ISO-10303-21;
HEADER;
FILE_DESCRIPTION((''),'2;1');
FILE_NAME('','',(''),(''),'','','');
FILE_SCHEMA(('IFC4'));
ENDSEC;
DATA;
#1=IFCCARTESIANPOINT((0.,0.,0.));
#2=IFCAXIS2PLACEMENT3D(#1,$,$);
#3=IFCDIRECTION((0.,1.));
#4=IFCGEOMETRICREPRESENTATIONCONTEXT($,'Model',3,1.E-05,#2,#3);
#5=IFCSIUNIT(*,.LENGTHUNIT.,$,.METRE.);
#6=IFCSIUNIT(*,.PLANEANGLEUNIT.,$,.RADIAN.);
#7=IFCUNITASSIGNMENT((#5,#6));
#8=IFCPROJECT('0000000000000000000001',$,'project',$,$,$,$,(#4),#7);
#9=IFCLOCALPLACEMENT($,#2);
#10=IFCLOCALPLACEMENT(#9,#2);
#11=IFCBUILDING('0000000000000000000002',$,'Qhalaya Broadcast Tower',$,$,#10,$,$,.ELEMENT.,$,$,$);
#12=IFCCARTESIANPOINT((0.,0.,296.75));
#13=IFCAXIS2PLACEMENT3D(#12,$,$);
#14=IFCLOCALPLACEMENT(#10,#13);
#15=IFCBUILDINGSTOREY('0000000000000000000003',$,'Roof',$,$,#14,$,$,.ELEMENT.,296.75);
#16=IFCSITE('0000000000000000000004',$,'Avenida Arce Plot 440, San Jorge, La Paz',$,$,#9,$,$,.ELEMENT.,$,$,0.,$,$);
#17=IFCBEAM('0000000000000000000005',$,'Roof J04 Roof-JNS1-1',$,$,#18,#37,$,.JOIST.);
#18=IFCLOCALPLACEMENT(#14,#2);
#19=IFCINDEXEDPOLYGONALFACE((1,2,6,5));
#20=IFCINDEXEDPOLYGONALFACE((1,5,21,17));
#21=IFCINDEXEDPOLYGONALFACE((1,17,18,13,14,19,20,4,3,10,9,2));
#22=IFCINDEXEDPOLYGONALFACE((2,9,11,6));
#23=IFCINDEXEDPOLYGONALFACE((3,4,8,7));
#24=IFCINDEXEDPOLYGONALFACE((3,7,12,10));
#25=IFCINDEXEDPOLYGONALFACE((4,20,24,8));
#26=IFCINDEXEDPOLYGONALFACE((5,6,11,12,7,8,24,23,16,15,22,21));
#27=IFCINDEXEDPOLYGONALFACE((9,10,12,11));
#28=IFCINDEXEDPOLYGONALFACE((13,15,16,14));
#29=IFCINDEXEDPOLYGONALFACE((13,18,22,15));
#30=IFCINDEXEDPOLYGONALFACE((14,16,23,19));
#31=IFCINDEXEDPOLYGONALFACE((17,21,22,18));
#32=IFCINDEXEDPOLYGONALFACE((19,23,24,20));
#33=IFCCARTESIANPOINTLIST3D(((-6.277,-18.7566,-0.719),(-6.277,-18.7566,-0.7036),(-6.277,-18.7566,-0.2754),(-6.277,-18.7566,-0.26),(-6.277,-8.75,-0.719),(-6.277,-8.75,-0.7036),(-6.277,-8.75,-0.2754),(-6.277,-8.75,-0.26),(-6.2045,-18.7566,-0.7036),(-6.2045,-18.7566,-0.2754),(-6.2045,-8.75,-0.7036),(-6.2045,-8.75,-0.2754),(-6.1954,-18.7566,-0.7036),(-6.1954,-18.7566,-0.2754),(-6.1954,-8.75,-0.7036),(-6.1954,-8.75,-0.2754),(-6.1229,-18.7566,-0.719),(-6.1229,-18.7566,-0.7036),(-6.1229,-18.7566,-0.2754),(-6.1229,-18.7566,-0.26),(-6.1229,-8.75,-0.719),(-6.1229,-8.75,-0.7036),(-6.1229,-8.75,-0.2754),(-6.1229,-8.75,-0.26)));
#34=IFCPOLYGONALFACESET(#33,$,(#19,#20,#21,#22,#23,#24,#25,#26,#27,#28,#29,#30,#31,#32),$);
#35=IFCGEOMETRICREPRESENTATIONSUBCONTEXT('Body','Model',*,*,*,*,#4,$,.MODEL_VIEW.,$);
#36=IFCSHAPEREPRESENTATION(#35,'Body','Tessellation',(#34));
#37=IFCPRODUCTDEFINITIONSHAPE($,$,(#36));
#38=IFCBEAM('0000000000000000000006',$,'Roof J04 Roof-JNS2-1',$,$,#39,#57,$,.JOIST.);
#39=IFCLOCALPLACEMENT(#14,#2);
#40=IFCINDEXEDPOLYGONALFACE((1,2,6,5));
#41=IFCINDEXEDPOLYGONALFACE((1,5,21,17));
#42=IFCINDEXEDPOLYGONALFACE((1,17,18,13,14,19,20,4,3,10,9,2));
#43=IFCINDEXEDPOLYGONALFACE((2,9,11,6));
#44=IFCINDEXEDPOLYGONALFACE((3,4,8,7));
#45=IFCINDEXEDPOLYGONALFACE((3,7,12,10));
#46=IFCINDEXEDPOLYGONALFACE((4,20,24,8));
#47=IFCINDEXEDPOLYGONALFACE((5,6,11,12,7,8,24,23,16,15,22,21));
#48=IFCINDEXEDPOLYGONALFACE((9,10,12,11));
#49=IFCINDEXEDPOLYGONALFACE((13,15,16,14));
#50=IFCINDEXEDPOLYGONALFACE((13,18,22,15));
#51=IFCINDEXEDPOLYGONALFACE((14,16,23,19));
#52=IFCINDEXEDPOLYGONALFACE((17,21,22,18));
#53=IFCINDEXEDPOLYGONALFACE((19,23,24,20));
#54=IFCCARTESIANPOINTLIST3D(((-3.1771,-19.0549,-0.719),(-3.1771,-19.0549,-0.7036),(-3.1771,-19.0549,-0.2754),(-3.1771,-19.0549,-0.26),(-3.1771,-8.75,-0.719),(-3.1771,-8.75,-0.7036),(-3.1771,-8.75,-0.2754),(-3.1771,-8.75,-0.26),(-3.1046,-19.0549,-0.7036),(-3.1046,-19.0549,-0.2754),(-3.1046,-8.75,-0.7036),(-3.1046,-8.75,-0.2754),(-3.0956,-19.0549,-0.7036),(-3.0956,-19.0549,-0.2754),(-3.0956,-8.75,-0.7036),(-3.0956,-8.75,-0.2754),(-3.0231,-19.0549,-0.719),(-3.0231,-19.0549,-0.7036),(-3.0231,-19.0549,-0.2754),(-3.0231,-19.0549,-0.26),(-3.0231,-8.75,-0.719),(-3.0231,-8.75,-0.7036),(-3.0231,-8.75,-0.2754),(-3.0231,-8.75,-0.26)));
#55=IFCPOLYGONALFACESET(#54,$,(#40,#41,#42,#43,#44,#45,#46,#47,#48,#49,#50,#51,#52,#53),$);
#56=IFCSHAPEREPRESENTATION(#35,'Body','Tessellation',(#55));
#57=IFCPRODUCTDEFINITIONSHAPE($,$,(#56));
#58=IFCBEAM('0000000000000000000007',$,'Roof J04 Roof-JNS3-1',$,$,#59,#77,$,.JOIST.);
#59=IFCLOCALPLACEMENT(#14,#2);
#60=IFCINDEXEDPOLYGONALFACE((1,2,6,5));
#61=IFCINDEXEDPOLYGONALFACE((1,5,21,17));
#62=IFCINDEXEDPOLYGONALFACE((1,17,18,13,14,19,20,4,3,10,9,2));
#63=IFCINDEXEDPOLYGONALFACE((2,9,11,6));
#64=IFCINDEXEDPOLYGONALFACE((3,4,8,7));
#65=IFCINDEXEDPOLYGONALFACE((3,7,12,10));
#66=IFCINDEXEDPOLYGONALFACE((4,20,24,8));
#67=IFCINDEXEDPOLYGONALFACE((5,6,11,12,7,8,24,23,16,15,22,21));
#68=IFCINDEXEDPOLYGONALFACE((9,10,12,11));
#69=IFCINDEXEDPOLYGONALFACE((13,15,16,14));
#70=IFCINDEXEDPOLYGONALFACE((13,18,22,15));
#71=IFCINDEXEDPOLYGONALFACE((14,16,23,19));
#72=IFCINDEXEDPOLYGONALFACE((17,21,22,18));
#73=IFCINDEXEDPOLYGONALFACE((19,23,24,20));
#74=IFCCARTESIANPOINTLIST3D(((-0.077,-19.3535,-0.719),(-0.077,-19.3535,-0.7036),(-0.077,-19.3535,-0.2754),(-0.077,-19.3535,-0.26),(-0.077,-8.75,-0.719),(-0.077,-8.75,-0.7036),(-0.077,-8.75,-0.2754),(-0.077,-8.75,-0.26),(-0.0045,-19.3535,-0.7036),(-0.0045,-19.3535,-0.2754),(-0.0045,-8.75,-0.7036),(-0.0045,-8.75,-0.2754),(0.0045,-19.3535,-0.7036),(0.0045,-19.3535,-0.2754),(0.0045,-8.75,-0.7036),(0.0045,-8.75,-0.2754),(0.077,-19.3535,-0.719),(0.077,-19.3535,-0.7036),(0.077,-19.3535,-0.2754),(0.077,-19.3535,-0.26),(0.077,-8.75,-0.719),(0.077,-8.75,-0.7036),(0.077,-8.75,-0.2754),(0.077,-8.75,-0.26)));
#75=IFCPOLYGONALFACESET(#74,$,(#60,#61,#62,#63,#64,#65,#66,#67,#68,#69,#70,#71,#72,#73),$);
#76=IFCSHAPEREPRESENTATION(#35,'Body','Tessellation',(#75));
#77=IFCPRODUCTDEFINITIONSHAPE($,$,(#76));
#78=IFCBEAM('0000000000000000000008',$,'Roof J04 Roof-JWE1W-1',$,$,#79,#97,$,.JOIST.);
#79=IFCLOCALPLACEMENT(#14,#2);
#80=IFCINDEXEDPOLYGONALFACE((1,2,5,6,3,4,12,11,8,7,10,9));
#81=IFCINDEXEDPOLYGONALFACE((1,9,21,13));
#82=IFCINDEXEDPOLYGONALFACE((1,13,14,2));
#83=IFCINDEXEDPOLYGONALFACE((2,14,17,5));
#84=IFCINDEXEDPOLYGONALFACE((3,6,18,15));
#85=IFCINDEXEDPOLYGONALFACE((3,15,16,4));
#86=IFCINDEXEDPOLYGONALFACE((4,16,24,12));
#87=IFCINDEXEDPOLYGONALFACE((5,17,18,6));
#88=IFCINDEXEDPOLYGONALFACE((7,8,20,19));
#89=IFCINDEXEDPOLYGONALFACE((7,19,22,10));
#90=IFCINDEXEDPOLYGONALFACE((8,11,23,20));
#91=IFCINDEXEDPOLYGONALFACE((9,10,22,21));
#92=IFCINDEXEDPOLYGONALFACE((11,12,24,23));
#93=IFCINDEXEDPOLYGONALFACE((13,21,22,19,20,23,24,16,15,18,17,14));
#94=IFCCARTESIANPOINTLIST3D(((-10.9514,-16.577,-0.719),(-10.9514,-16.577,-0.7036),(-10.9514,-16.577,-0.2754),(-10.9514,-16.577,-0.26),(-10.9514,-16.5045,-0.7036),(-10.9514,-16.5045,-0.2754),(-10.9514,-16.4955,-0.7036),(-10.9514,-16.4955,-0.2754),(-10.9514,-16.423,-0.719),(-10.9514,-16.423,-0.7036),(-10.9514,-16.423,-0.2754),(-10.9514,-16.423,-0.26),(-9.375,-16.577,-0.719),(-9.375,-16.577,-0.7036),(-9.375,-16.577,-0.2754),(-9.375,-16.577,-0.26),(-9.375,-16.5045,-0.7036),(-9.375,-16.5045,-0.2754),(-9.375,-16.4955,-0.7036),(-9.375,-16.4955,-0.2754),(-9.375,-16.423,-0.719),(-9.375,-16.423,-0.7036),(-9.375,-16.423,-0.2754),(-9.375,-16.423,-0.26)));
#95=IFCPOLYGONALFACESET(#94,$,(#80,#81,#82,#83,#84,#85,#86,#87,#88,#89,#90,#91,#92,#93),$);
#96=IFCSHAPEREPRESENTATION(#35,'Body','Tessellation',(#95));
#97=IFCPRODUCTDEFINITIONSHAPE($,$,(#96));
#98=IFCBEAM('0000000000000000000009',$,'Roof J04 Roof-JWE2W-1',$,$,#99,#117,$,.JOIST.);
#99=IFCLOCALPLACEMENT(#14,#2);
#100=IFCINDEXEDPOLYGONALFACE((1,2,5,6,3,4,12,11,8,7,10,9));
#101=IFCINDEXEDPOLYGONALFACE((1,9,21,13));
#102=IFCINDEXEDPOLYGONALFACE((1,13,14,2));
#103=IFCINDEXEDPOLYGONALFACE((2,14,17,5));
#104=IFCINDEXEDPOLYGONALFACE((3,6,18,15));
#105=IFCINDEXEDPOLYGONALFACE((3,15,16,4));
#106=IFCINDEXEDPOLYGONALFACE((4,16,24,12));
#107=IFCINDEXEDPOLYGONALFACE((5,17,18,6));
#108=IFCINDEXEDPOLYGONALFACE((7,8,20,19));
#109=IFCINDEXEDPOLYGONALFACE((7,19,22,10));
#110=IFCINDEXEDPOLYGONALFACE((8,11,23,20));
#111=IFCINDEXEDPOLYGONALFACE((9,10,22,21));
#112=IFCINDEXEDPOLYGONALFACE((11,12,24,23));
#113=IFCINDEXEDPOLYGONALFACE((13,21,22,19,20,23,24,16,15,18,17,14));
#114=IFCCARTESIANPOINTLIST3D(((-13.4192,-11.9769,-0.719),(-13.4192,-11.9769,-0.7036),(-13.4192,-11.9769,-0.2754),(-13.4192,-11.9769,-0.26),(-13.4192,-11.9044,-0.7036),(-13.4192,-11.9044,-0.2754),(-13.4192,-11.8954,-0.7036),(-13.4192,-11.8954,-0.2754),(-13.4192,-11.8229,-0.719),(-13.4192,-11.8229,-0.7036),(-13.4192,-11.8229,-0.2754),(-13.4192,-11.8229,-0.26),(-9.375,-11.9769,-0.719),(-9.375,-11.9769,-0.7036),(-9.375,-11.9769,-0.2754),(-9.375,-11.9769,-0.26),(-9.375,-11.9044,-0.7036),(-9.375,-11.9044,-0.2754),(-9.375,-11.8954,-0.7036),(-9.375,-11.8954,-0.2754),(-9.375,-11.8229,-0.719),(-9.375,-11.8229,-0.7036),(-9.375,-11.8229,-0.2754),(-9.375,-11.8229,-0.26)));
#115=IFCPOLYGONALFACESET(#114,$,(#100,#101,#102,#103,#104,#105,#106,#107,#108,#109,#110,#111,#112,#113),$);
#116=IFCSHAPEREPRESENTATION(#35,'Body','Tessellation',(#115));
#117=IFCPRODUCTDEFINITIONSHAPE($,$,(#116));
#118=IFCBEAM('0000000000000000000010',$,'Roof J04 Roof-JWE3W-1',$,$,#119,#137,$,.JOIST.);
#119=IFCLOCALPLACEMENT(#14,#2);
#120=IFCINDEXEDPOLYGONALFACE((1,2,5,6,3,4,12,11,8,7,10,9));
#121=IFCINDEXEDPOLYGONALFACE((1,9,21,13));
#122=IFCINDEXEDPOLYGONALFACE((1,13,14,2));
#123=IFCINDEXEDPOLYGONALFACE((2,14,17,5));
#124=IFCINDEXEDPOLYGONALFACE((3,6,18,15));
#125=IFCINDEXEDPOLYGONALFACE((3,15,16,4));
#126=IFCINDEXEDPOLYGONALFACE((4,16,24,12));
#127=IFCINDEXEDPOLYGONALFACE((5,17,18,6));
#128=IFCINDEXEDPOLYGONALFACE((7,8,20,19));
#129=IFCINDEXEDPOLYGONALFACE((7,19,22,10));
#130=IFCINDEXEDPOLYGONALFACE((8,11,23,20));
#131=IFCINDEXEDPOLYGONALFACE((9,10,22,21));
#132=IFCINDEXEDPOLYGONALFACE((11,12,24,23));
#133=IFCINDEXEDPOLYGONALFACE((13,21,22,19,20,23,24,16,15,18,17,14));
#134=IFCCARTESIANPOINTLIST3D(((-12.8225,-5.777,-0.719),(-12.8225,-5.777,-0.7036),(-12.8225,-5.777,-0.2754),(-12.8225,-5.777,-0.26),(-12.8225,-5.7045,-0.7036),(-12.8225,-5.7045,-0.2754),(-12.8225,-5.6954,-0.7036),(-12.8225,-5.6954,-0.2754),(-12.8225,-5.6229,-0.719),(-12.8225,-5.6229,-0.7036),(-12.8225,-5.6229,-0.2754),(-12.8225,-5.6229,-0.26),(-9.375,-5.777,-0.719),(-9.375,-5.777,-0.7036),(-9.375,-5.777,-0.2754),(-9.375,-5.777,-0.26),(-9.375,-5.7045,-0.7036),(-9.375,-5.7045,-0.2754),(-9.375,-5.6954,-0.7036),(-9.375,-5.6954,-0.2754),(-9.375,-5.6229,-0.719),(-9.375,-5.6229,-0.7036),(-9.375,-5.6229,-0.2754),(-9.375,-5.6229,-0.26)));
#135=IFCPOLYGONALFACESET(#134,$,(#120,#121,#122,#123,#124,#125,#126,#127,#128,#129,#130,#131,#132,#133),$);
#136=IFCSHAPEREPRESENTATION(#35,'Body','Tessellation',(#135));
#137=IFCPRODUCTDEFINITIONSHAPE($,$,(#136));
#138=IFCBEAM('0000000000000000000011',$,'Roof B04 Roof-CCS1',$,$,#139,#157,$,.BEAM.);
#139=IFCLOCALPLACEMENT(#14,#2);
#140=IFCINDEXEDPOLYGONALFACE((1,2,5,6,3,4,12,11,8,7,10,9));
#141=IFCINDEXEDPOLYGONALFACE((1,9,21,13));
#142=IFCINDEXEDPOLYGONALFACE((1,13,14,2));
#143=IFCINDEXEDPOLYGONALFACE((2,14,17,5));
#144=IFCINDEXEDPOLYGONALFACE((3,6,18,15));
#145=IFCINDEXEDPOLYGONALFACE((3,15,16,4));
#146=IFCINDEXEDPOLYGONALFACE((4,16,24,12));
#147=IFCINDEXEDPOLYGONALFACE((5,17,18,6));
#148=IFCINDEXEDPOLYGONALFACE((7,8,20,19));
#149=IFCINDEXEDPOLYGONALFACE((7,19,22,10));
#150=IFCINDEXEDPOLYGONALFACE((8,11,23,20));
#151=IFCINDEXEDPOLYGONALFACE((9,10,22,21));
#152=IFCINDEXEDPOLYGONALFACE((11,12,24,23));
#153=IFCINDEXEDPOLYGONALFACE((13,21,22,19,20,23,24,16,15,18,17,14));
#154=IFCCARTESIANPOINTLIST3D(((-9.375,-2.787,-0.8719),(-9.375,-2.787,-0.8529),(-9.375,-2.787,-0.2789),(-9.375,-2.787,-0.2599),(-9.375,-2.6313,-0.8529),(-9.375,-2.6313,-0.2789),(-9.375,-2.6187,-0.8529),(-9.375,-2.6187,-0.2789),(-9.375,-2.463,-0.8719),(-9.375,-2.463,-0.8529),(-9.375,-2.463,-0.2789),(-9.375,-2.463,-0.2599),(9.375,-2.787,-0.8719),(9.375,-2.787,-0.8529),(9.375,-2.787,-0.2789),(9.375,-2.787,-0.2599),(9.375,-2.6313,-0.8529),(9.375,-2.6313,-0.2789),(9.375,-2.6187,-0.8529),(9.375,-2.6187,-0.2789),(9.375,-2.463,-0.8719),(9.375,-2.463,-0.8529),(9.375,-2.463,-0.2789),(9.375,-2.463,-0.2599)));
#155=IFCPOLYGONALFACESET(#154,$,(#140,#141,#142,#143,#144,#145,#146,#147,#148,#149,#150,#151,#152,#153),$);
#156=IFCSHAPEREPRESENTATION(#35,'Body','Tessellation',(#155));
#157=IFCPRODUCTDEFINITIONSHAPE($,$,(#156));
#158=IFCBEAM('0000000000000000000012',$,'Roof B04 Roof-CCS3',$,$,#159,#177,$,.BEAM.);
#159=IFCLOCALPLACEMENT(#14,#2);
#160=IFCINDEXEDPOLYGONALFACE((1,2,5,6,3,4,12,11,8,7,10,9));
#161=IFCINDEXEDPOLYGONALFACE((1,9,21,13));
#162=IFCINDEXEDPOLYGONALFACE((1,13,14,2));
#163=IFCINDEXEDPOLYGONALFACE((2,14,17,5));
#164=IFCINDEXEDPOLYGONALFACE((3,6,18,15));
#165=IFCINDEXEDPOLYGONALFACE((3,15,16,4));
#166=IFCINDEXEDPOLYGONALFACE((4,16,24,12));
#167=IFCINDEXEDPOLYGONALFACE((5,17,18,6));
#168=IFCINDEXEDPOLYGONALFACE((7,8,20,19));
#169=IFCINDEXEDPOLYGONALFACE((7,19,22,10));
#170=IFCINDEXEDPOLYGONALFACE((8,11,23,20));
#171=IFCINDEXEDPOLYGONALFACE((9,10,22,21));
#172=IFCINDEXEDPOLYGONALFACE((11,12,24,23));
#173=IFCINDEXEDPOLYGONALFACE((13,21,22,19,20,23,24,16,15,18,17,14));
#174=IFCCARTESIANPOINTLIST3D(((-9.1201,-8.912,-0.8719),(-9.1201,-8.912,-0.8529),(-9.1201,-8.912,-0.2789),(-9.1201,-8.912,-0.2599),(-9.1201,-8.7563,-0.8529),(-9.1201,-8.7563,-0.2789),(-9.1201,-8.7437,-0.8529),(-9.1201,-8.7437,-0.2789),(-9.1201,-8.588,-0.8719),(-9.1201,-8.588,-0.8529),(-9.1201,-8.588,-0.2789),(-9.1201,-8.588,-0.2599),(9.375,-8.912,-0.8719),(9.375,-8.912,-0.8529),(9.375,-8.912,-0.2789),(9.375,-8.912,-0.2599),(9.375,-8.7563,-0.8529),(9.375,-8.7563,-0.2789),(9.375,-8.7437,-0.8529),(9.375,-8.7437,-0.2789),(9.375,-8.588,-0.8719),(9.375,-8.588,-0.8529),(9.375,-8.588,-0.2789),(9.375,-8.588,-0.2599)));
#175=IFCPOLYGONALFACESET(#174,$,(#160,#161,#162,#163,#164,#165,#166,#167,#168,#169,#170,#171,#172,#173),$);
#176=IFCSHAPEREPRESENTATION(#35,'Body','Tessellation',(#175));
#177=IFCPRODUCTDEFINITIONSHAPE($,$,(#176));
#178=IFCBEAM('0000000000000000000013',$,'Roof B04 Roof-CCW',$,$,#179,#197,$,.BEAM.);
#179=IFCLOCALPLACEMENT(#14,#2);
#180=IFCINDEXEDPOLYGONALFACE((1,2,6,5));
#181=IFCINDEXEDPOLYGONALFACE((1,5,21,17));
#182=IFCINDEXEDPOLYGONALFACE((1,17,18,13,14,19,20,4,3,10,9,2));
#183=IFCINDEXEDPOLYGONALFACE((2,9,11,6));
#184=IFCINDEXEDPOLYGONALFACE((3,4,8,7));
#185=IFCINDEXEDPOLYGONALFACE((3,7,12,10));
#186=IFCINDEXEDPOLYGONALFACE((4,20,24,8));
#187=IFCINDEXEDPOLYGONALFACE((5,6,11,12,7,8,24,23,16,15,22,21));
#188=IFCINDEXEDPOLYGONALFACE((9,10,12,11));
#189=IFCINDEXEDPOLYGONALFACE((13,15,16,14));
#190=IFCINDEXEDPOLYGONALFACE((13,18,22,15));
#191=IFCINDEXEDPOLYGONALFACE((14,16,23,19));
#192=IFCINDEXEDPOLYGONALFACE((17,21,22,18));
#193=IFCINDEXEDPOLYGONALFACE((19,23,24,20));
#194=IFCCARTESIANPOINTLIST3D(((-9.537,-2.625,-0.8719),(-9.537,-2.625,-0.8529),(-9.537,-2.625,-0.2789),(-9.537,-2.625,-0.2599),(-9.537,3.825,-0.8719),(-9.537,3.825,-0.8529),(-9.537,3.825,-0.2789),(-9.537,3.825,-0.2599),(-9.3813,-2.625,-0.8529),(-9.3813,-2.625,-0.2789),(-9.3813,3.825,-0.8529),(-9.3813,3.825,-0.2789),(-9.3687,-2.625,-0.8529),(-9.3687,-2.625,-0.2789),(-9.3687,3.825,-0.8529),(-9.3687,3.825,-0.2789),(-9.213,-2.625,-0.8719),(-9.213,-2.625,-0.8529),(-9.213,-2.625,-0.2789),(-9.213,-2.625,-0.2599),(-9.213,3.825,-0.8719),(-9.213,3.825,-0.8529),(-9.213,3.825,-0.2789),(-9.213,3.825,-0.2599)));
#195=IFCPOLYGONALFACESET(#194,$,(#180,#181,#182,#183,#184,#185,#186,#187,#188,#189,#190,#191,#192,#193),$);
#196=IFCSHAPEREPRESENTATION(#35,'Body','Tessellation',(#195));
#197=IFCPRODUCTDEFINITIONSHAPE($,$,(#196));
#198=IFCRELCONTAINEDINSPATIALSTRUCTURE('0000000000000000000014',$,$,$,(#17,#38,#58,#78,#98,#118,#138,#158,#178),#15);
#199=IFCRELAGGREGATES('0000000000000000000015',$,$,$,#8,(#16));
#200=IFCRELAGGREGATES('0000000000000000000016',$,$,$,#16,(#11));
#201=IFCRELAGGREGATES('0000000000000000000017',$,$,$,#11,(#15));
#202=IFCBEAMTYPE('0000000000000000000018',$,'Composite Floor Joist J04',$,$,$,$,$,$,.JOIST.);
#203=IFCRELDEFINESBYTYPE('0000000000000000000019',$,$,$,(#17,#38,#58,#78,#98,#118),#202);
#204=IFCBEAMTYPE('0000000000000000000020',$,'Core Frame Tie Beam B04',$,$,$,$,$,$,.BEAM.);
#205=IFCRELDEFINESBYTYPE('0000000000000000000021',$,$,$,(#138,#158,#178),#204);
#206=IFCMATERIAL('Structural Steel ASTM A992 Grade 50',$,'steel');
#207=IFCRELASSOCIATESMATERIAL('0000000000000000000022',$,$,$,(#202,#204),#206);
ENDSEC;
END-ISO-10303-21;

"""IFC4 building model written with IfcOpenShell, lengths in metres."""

from ifc_helpers import new_model, si_unit, direction, frame, origin, origin_2d, place, context, subcontext, project, spatial, i_section, extrude, material, material_profile, profile_set, type_object, element, save


model = new_model("IFC4")

# Units and contexts
model_context = context("Model", 3, precision=1e-05, world=origin(), true_north=direction((0.0, 1.0)))
body_context = subcontext(model_context, "Body", "Model", "MODEL_VIEW")
ifc_project = project(units=[si_unit("LENGTHUNIT", "METRE"), si_unit("PLANEANGLEUNIT", "RADIAN")], contexts=[model_context])

# Site, building, storey
site_placement = place(None, origin())
site = spatial("IfcSite", under=ifc_project, at=site_placement, Name="Avenida Arce Plot 440, San Jorge, La Paz", CompositionType="ELEMENT", RefElevation=0.0)
building_placement = place(site_placement, origin())
building = spatial("IfcBuilding", under=site, at=building_placement, Name="Qhalaya Broadcast Tower", CompositionType="ELEMENT")
storey_placement = place(building_placement, frame((0.0, 0.0, 296.75)))
storey = spatial("IfcBuildingStorey", under=building, at=storey_placement, Name="Roof", CompositionType="ELEMENT", Elevation=296.75)

# Beams
ifc_material_1 = material(Name="Structural Steel ASTM A992 Grade 50", Category="steel")
ifc_material_profile_1 = material_profile(ifc_material_1, i_section(OverallWidth=0.1541, OverallDepth=0.459, WebThickness=0.009, FlangeThickness=0.0154, at=origin_2d()), Name="W18X46")
ifc_profile_set_1 = profile_set([ifc_material_profile_1], Name="Structural Steel ASTM A992 Grade 50")
beam_type_1 = type_object("IfcBeamType", Name="Composite Floor Joist J04", PredefinedType="JOIST", material=ifc_profile_set_1)
beam_1_placement = place(storey_placement, frame((-6.2, -18.7566, -0.4895), z_axis=(0.0, 1.0, 0.0), x_axis=(-1.0, 0.0, 0.0)))
element("IfcBeam", 1, at=beam_1_placement, inside=storey, type_object=beam_type_1, Name="Roof J04 Roof-JNS1-1", PredefinedType="JOIST", context=body_context, shape_type="SweptSolid", body=[
    extrude(i_section(OverallWidth=0.1541, OverallDepth=0.459, WebThickness=0.009, FlangeThickness=0.0154, at=origin_2d()), origin(), (0.0, 0.0, 1.0), 10.0066),
])
beam_2_placement = place(storey_placement, frame((-3.1001, -19.0549, -0.4895), z_axis=(0.0, 1.0, 0.0), x_axis=(-1.0, 0.0, 0.0)))
element("IfcBeam", 2, at=beam_2_placement, inside=storey, type_object=beam_type_1, Name="Roof J04 Roof-JNS2-1", PredefinedType="JOIST", context=body_context, shape_type="SweptSolid", body=[
    extrude(i_section(OverallWidth=0.1541, OverallDepth=0.459, WebThickness=0.009, FlangeThickness=0.0154, at=origin_2d()), origin(), (0.0, 0.0, 1.0), 10.3049),
])
beam_3_placement = place(storey_placement, frame((0.0, -19.3535, -0.4895), z_axis=(0.0, 1.0, 0.0), x_axis=(-1.0, 0.0, 0.0)))
element("IfcBeam", 3, at=beam_3_placement, inside=storey, type_object=beam_type_1, Name="Roof J04 Roof-JNS3-1", PredefinedType="JOIST", context=body_context, shape_type="SweptSolid", body=[
    extrude(i_section(OverallWidth=0.1541, OverallDepth=0.459, WebThickness=0.009, FlangeThickness=0.0154, at=origin_2d()), origin(), (0.0, 0.0, 1.0), 10.6035),
])
beam_4_placement = place(storey_placement, frame((-10.9514, -16.5, -0.4895), z_axis=(1.0, 0.0, 0.0), x_axis=(0.0, 1.0, 0.0)))
element("IfcBeam", 4, at=beam_4_placement, inside=storey, type_object=beam_type_1, Name="Roof J04 Roof-JWE1W-1", PredefinedType="JOIST", context=body_context, shape_type="SweptSolid", body=[
    extrude(i_section(OverallWidth=0.1541, OverallDepth=0.459, WebThickness=0.009, FlangeThickness=0.0154, at=origin_2d()), origin(), (0.0, 0.0, 1.0), 1.5764),
])
beam_5_placement = place(storey_placement, frame((-13.4192, -11.8999, -0.4895), z_axis=(1.0, 0.0, 0.0), x_axis=(0.0, 1.0, 0.0)))
element("IfcBeam", 5, at=beam_5_placement, inside=storey, type_object=beam_type_1, Name="Roof J04 Roof-JWE2W-1", PredefinedType="JOIST", context=body_context, shape_type="SweptSolid", body=[
    extrude(i_section(OverallWidth=0.1541, OverallDepth=0.459, WebThickness=0.009, FlangeThickness=0.0154, at=origin_2d()), origin(), (0.0, 0.0, 1.0), 4.0442),
])
beam_6_placement = place(storey_placement, frame((-12.8225, -5.7, -0.4895), z_axis=(1.0, 0.0, 0.0), x_axis=(0.0, 1.0, 0.0)))
element("IfcBeam", 6, at=beam_6_placement, inside=storey, type_object=beam_type_1, Name="Roof J04 Roof-JWE3W-1", PredefinedType="JOIST", context=body_context, shape_type="SweptSolid", body=[
    extrude(i_section(OverallWidth=0.1541, OverallDepth=0.459, WebThickness=0.009, FlangeThickness=0.0154, at=origin_2d()), origin(), (0.0, 0.0, 1.0), 3.4475),
])
ifc_material_profile_2 = material_profile(ifc_material_1, i_section(OverallWidth=0.324, OverallDepth=0.6121, WebThickness=0.0127, FlangeThickness=0.019, at=origin_2d()), Name="W24X104")
ifc_profile_set_2 = profile_set([ifc_material_profile_2], Name="Structural Steel ASTM A992 Grade 50")
beam_type_2 = type_object("IfcBeamType", Name="Core Frame Tie Beam B04", PredefinedType="BEAM", material=ifc_profile_set_2)
beam_7_placement = place(storey_placement, frame((-9.375, -2.625, -0.5659), z_axis=(1.0, 0.0, 0.0), x_axis=(0.0, 1.0, 0.0)))
element("IfcBeam", 7, at=beam_7_placement, inside=storey, type_object=beam_type_2, Name="Roof B04 Roof-CCS1", PredefinedType="BEAM", context=body_context, shape_type="SweptSolid", body=[
    extrude(i_section(OverallWidth=0.324, OverallDepth=0.6121, WebThickness=0.0127, FlangeThickness=0.019, at=origin_2d()), origin(), (0.0, 0.0, 1.0), 18.75),
])
beam_8_placement = place(storey_placement, frame((-9.1201, -8.75, -0.5659), z_axis=(1.0, 0.0, 0.0), x_axis=(0.0, 1.0, 0.0)))
element("IfcBeam", 8, at=beam_8_placement, inside=storey, type_object=beam_type_2, Name="Roof B04 Roof-CCS3", PredefinedType="BEAM", context=body_context, shape_type="SweptSolid", body=[
    extrude(i_section(OverallWidth=0.324, OverallDepth=0.6121, WebThickness=0.0127, FlangeThickness=0.019, at=origin_2d()), origin(), (0.0, 0.0, 1.0), 18.4951),
])
beam_9_placement = place(storey_placement, frame((-9.375, -2.625, -0.5659), z_axis=(0.0, 1.0, 0.0), x_axis=(-1.0, 0.0, 0.0)))
element("IfcBeam", 9, at=beam_9_placement, inside=storey, type_object=beam_type_2, Name="Roof B04 Roof-CCW", PredefinedType="BEAM", context=body_context, shape_type="SweptSolid", body=[
    extrude(i_section(OverallWidth=0.324, OverallDepth=0.6121, WebThickness=0.0127, FlangeThickness=0.019, at=origin_2d()), origin(), (0.0, 0.0, 1.0), 6.45),
])

save(model, "model.ifc")
